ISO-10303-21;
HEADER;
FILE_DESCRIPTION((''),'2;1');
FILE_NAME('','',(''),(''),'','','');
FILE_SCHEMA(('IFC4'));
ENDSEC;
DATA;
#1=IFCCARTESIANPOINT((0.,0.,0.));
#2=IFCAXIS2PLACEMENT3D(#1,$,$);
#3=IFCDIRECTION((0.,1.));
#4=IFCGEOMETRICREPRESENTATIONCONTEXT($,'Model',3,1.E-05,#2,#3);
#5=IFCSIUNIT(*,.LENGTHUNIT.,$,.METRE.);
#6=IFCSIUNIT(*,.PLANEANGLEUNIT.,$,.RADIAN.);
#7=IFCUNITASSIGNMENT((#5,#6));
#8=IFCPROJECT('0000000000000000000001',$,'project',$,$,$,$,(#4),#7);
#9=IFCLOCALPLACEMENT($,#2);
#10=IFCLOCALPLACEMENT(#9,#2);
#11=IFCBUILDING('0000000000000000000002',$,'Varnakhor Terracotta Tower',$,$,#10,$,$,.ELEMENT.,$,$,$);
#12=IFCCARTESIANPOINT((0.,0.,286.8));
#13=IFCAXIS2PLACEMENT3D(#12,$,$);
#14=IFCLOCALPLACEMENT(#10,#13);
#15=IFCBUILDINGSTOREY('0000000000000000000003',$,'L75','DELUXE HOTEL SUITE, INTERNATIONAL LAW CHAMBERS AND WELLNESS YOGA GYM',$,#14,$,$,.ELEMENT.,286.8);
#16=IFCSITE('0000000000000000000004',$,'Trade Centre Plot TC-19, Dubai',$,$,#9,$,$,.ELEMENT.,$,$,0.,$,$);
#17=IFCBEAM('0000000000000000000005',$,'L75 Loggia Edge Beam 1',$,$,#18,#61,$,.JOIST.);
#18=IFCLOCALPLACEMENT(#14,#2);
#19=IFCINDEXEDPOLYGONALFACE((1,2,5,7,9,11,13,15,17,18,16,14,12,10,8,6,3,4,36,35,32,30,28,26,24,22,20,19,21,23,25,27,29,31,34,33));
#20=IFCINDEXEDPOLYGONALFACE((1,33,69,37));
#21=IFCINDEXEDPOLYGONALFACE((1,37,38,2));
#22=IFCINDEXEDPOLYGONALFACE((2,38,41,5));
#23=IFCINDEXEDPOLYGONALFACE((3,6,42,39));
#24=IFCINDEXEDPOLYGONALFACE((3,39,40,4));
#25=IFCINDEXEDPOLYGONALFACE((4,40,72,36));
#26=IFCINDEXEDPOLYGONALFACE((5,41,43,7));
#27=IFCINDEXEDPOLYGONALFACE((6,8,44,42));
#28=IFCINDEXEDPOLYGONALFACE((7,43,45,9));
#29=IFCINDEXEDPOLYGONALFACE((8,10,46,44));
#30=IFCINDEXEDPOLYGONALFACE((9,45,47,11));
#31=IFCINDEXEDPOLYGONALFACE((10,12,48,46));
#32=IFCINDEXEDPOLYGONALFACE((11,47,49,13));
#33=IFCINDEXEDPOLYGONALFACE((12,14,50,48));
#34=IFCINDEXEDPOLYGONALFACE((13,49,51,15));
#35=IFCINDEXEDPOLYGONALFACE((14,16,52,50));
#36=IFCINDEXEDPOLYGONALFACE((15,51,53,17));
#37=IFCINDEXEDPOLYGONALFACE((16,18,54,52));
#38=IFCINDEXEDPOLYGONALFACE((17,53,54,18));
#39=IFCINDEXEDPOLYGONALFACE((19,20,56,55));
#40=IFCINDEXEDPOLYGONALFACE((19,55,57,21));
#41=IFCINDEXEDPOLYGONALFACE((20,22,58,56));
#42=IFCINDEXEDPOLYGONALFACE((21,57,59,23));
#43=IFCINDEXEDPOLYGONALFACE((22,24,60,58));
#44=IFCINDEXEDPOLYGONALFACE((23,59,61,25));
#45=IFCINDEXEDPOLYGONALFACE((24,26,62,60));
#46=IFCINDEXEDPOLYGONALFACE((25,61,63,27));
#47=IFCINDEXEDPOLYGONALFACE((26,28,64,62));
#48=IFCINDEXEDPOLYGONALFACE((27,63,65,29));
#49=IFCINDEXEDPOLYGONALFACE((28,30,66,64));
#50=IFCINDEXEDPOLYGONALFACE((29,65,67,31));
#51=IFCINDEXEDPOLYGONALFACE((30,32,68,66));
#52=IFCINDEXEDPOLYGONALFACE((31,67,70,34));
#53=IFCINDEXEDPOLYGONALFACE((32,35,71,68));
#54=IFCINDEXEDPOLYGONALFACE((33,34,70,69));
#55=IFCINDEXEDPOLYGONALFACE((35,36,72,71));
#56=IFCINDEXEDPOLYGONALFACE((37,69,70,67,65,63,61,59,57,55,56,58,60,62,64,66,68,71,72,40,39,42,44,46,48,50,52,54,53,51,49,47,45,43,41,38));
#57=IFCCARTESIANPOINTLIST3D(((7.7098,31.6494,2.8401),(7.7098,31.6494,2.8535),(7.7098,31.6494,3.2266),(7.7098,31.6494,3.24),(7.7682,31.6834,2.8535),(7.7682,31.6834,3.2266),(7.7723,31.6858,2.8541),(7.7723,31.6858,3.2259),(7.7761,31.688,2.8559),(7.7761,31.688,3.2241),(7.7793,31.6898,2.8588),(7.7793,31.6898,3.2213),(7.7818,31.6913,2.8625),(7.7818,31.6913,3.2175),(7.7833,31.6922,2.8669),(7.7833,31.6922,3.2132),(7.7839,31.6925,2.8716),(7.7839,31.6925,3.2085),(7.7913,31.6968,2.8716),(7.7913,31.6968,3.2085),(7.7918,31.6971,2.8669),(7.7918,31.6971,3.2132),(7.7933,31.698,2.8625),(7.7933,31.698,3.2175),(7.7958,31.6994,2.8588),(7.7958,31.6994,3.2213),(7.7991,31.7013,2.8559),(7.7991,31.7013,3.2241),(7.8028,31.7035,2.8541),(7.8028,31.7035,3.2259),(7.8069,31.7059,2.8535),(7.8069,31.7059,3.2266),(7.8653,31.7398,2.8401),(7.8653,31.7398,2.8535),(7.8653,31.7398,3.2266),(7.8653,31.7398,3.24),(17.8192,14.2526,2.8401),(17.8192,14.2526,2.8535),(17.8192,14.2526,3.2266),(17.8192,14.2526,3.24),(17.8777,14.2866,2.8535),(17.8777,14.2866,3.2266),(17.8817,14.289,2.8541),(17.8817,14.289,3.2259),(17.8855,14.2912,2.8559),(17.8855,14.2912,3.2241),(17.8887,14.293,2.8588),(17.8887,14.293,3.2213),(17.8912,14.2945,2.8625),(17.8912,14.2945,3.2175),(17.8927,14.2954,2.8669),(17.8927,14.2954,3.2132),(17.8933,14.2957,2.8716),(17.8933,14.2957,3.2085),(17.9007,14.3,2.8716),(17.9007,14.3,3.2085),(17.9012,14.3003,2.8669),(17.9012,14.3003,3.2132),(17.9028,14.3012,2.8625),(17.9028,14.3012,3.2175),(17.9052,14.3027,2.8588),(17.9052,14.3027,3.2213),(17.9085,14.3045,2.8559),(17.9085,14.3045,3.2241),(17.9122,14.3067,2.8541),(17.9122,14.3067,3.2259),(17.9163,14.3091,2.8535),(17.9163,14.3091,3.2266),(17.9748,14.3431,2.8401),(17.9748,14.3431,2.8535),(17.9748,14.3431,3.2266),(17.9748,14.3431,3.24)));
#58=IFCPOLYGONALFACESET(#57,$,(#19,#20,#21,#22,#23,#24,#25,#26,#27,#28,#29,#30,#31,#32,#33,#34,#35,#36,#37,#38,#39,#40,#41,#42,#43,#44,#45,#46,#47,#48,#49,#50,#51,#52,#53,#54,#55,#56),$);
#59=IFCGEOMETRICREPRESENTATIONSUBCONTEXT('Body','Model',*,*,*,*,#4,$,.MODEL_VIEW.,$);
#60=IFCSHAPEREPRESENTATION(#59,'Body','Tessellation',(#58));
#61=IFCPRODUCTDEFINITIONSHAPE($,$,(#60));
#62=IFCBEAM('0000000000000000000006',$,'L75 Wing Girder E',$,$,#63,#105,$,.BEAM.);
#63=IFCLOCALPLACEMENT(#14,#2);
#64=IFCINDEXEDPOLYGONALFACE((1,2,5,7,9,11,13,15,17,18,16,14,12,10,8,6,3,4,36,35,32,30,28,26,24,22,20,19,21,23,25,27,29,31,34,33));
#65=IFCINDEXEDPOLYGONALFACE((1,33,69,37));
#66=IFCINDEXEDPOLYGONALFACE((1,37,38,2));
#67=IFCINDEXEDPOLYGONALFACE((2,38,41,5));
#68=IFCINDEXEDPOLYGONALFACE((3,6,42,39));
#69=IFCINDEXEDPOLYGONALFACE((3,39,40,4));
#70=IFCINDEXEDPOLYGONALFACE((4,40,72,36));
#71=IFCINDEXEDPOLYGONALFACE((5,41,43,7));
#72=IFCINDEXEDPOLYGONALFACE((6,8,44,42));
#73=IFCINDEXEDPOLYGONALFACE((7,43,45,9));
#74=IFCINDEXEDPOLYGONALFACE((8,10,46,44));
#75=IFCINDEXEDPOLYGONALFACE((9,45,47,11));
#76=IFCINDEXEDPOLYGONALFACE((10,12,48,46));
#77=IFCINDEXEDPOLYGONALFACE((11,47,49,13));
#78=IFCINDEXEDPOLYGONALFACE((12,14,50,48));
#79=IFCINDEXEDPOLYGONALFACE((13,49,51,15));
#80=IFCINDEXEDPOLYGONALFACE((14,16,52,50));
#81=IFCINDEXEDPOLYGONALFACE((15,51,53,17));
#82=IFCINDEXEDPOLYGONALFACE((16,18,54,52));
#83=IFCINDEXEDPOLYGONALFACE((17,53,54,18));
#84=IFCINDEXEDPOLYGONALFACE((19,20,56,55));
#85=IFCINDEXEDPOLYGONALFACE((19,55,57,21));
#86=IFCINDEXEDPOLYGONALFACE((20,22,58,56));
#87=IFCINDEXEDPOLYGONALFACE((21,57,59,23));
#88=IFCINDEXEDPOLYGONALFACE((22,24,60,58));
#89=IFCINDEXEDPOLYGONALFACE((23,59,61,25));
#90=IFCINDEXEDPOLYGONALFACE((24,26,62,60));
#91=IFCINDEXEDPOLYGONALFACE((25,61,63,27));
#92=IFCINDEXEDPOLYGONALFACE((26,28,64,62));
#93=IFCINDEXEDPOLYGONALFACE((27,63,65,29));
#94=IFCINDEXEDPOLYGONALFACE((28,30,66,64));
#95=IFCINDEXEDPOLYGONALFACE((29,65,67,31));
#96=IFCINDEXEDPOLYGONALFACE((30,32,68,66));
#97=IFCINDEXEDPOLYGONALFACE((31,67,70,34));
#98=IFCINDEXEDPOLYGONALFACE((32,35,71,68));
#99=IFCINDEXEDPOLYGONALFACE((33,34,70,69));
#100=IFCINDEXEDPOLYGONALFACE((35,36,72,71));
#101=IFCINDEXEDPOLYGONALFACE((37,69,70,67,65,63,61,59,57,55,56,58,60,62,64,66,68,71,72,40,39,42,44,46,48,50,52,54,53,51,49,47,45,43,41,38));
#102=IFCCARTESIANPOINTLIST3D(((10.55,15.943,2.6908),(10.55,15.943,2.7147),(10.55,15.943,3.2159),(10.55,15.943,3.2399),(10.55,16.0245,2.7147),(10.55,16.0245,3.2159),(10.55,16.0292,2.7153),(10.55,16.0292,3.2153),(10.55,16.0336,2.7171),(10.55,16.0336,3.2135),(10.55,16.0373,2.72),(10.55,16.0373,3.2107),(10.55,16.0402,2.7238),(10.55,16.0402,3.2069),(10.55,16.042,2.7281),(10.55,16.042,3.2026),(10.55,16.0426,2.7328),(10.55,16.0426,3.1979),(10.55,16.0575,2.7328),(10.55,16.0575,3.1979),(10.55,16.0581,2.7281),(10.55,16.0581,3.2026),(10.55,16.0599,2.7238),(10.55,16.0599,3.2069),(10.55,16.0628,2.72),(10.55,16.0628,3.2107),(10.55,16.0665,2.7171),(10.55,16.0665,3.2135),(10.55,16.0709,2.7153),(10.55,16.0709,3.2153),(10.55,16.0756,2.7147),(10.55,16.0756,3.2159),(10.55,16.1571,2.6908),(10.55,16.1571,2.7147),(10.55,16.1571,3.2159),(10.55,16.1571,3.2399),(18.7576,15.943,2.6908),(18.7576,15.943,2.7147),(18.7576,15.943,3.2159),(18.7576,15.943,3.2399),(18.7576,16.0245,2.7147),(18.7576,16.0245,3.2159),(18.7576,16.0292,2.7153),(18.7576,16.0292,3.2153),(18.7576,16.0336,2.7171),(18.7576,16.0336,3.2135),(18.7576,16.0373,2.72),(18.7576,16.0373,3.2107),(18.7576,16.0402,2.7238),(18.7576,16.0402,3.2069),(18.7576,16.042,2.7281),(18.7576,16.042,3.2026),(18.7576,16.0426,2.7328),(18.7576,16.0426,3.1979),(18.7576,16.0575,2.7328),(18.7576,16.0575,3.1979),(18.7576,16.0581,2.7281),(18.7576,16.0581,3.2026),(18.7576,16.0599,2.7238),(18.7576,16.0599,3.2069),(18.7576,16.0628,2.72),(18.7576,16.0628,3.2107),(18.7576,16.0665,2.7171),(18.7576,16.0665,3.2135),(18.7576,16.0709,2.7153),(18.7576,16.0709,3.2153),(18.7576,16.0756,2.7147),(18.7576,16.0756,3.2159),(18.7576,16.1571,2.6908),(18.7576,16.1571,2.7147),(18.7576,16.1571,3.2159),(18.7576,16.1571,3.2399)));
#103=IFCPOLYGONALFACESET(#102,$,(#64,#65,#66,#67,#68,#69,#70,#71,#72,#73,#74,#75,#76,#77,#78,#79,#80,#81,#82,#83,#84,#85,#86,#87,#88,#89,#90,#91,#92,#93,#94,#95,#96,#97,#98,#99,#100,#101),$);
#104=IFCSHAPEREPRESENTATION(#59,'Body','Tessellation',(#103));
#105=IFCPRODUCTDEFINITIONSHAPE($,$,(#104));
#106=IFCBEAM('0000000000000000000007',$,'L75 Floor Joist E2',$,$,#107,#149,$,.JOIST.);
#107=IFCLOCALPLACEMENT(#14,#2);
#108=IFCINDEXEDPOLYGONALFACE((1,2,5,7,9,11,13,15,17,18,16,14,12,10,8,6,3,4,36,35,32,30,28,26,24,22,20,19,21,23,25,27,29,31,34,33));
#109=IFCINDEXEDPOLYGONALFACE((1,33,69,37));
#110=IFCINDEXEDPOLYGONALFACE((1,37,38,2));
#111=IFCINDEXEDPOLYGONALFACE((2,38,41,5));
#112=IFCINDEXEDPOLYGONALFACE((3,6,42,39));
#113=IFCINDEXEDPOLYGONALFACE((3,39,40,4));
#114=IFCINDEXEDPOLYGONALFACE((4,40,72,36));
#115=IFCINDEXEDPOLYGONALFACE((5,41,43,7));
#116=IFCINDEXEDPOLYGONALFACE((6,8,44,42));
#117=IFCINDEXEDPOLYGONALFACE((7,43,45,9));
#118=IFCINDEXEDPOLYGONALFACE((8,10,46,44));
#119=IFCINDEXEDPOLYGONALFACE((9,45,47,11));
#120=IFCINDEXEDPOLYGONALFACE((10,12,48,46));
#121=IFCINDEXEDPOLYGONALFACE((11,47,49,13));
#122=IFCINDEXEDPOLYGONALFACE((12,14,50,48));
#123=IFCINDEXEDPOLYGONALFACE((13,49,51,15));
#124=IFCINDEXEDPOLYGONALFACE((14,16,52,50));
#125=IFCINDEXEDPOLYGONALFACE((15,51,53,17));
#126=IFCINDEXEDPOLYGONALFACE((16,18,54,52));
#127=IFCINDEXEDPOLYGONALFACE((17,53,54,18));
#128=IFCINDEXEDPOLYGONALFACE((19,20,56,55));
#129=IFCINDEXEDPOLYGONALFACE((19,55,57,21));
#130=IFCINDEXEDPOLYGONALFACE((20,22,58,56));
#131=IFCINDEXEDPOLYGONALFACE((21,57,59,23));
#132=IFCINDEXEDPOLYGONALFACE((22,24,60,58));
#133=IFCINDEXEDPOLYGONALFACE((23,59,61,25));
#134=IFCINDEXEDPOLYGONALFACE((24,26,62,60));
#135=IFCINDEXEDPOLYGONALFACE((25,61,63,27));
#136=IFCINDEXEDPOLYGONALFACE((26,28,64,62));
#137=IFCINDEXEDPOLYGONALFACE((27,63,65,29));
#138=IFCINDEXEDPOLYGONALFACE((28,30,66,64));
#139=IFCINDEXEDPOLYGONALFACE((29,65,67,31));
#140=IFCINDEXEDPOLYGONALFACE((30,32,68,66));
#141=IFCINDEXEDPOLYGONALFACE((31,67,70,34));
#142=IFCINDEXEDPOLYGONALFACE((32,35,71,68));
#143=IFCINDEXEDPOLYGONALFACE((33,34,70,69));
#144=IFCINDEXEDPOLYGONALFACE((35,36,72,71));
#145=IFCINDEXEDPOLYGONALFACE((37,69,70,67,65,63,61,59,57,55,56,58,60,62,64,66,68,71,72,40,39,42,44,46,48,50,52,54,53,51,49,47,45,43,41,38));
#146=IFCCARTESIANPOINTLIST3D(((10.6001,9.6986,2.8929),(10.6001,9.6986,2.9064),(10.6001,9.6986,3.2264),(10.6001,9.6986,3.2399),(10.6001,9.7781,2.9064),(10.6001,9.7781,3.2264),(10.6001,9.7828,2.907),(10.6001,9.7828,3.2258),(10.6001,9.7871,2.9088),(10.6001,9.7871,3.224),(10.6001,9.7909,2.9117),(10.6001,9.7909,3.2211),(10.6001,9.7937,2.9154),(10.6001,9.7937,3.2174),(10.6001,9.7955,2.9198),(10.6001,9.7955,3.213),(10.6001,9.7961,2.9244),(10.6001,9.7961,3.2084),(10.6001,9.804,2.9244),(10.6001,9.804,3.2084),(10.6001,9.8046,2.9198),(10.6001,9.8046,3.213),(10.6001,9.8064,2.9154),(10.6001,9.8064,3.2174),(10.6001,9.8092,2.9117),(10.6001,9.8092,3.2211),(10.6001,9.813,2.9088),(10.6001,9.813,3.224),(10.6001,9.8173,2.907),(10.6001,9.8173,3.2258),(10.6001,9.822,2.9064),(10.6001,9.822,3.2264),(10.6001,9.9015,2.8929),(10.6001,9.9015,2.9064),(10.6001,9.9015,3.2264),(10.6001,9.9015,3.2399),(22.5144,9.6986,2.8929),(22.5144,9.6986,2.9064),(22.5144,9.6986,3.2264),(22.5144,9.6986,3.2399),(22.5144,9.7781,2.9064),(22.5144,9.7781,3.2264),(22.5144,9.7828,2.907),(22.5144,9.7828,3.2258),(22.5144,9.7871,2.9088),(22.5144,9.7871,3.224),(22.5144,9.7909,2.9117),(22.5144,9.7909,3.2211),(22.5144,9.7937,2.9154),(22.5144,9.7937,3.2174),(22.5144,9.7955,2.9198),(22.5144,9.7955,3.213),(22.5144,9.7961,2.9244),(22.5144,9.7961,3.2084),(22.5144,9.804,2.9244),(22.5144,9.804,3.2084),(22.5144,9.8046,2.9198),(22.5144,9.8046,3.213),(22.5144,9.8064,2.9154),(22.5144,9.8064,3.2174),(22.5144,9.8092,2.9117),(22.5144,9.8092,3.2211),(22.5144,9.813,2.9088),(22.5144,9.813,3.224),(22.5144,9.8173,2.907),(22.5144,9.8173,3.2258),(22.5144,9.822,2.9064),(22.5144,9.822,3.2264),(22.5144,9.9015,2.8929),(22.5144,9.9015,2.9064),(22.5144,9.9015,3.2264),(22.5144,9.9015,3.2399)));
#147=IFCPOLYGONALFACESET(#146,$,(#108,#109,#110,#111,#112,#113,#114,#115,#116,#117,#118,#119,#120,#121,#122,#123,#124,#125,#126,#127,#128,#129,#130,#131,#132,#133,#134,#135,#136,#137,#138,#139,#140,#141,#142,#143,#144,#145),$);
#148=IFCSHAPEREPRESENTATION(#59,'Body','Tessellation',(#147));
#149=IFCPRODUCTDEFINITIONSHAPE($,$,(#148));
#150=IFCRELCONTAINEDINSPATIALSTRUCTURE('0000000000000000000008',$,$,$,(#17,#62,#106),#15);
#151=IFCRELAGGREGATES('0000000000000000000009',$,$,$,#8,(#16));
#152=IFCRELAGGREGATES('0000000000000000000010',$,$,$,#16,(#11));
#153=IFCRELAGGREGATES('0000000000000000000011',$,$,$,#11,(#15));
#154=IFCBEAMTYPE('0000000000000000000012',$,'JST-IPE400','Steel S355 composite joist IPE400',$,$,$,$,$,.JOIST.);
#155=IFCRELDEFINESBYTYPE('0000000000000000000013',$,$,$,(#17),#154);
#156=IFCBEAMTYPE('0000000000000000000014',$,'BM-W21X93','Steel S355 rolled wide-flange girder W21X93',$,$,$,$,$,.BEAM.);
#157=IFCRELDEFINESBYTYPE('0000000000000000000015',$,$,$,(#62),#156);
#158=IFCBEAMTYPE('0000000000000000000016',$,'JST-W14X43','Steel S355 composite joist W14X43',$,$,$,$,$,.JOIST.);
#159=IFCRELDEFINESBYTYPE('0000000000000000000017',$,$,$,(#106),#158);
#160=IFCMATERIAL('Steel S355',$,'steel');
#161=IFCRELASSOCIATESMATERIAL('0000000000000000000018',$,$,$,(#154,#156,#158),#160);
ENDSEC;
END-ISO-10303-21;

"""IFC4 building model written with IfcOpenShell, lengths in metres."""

from ifc_helpers import new_model, si_unit, direction, frame, origin, origin_2d, place, context, subcontext, project, spatial, i_section, extrude, source, transform, mapped, material, material_profile, profile_set, type_object, element, save


model = new_model("IFC4")

# Units and contexts
model_context = context("Model", 3, precision=1e-05, world=origin(), true_north=direction((0.0, 1.0)))
body_context = subcontext(model_context, "Body", "Model", "MODEL_VIEW")
ifc_project = project(units=[si_unit("LENGTHUNIT", "METRE"), si_unit("PLANEANGLEUNIT", "RADIAN")], contexts=[model_context])

# Site, building, storey
site_placement = place(None, origin())
site = spatial("IfcSite", under=ifc_project, at=site_placement, Name="Trade Centre Plot TC-19, Dubai", CompositionType="ELEMENT", RefElevation=0.0)
building_placement = place(site_placement, origin())
building = spatial("IfcBuilding", under=site, at=building_placement, Name="Varnakhor Terracotta Tower", CompositionType="ELEMENT")
storey_placement = place(building_placement, frame((0.0, 0.0, 286.8)))
storey = spatial("IfcBuildingStorey", under=building, at=storey_placement, Name="L75", Description="DELUXE HOTEL SUITE, INTERNATIONAL LAW CHAMBERS AND WELLNESS YOGA GYM", CompositionType="ELEMENT", Elevation=286.8)

# Beams
ifc_material_1 = material(Name="Steel S355", Category="steel")
ifc_material_profile_1 = material_profile(ifc_material_1, i_section(OverallWidth=0.1799, OverallDepth=0.3999, WebThickness=0.0085, FlangeThickness=0.0134, FilletRadius=0.0181, at=origin_2d()), Name="IPE400")
ifc_profile_set_1 = profile_set([ifc_material_profile_1], Name="Steel S355")
beam_type_1 = type_object("IfcBeamType", Name="JST-IPE400", Description="Steel S355 composite joist IPE400", PredefinedType="JOIST", material=ifc_profile_set_1)
shared_shape_1 = source(origin(), body_context, "Body", "SweptSolid", [
    extrude(i_section(OverallWidth=0.1799, OverallDepth=0.3999, WebThickness=0.0085, FlangeThickness=0.0134, FilletRadius=0.0181, at=origin_2d()), origin(), (0.0, 0.0, 1.0), 20.1208),
])
beam_1_placement = place(storey_placement, frame((17.897, 14.2979, 3.04), z_axis=(-0.502435, 0.864615, 0.0), x_axis=(-0.864615, -0.502435, 0.0)))
element("IfcBeam", 1, at=beam_1_placement, inside=storey, type_object=beam_type_1, Name="L75 Loggia Edge Beam 1", PredefinedType="JOIST", context=body_context, shape_type="MappedRepresentation", body=[
    mapped(shared_shape_1, transform((0.0, 0.0, 0.0), scale=1.0)),
])
ifc_material_profile_2 = material_profile(ifc_material_1, i_section(OverallWidth=0.2141, OverallDepth=0.5491, WebThickness=0.0149, FlangeThickness=0.0239, FilletRadius=0.0181, at=origin_2d()), Name="W21X93")
ifc_profile_set_2 = profile_set([ifc_material_profile_2], Name="Steel S355")
beam_type_2 = type_object("IfcBeamType", Name="BM-W21X93", Description="Steel S355 rolled wide-flange girder W21X93", PredefinedType="BEAM", material=ifc_profile_set_2)
shared_shape_2 = source(origin(), body_context, "Body", "SweptSolid", [
    extrude(i_section(OverallWidth=0.2141, OverallDepth=0.5491, WebThickness=0.0149, FlangeThickness=0.0239, FilletRadius=0.0181, at=origin_2d()), origin(), (0.0, 0.0, 1.0), 8.2075),
])
beam_2_placement = place(storey_placement, frame((10.55, 16.05, 2.9653), z_axis=(1.0, 0.0, 0.0), x_axis=(0.0, 1.0, 0.0)))
element("IfcBeam", 2, at=beam_2_placement, inside=storey, type_object=beam_type_2, Name="L75 Wing Girder E", PredefinedType="BEAM", context=body_context, shape_type="MappedRepresentation", body=[
    mapped(shared_shape_2, transform((0.0, 0.0, 0.0), scale=1.0)),
])
ifc_material_profile_3 = material_profile(ifc_material_1, i_section(OverallWidth=0.2029, OverallDepth=0.3469, WebThickness=0.0078, FlangeThickness=0.0134, FilletRadius=0.0181, at=origin_2d()), Name="W14X43")
ifc_profile_set_3 = profile_set([ifc_material_profile_3], Name="Steel S355")
beam_type_3 = type_object("IfcBeamType", Name="JST-W14X43", Description="Steel S355 composite joist W14X43", PredefinedType="JOIST", material=ifc_profile_set_3)
shared_shape_3 = source(origin(), body_context, "Body", "SweptSolid", [
    extrude(i_section(OverallWidth=0.2029, OverallDepth=0.3469, WebThickness=0.0078, FlangeThickness=0.0134, FilletRadius=0.0181, at=origin_2d()), origin(), (0.0, 0.0, 1.0), 11.9143),
])
beam_3_placement = place(storey_placement, frame((10.6001, 9.8, 3.0664), z_axis=(1.0, 0.0, 0.0), x_axis=(0.0, 1.0, 0.0)))
element("IfcBeam", 3, at=beam_3_placement, inside=storey, type_object=beam_type_3, Name="L75 Floor Joist E2", PredefinedType="JOIST", context=body_context, shape_type="MappedRepresentation", body=[
    mapped(shared_shape_3, transform((0.0, 0.0, 0.0), scale=1.0)),
])

save(model, "model.ifc")
